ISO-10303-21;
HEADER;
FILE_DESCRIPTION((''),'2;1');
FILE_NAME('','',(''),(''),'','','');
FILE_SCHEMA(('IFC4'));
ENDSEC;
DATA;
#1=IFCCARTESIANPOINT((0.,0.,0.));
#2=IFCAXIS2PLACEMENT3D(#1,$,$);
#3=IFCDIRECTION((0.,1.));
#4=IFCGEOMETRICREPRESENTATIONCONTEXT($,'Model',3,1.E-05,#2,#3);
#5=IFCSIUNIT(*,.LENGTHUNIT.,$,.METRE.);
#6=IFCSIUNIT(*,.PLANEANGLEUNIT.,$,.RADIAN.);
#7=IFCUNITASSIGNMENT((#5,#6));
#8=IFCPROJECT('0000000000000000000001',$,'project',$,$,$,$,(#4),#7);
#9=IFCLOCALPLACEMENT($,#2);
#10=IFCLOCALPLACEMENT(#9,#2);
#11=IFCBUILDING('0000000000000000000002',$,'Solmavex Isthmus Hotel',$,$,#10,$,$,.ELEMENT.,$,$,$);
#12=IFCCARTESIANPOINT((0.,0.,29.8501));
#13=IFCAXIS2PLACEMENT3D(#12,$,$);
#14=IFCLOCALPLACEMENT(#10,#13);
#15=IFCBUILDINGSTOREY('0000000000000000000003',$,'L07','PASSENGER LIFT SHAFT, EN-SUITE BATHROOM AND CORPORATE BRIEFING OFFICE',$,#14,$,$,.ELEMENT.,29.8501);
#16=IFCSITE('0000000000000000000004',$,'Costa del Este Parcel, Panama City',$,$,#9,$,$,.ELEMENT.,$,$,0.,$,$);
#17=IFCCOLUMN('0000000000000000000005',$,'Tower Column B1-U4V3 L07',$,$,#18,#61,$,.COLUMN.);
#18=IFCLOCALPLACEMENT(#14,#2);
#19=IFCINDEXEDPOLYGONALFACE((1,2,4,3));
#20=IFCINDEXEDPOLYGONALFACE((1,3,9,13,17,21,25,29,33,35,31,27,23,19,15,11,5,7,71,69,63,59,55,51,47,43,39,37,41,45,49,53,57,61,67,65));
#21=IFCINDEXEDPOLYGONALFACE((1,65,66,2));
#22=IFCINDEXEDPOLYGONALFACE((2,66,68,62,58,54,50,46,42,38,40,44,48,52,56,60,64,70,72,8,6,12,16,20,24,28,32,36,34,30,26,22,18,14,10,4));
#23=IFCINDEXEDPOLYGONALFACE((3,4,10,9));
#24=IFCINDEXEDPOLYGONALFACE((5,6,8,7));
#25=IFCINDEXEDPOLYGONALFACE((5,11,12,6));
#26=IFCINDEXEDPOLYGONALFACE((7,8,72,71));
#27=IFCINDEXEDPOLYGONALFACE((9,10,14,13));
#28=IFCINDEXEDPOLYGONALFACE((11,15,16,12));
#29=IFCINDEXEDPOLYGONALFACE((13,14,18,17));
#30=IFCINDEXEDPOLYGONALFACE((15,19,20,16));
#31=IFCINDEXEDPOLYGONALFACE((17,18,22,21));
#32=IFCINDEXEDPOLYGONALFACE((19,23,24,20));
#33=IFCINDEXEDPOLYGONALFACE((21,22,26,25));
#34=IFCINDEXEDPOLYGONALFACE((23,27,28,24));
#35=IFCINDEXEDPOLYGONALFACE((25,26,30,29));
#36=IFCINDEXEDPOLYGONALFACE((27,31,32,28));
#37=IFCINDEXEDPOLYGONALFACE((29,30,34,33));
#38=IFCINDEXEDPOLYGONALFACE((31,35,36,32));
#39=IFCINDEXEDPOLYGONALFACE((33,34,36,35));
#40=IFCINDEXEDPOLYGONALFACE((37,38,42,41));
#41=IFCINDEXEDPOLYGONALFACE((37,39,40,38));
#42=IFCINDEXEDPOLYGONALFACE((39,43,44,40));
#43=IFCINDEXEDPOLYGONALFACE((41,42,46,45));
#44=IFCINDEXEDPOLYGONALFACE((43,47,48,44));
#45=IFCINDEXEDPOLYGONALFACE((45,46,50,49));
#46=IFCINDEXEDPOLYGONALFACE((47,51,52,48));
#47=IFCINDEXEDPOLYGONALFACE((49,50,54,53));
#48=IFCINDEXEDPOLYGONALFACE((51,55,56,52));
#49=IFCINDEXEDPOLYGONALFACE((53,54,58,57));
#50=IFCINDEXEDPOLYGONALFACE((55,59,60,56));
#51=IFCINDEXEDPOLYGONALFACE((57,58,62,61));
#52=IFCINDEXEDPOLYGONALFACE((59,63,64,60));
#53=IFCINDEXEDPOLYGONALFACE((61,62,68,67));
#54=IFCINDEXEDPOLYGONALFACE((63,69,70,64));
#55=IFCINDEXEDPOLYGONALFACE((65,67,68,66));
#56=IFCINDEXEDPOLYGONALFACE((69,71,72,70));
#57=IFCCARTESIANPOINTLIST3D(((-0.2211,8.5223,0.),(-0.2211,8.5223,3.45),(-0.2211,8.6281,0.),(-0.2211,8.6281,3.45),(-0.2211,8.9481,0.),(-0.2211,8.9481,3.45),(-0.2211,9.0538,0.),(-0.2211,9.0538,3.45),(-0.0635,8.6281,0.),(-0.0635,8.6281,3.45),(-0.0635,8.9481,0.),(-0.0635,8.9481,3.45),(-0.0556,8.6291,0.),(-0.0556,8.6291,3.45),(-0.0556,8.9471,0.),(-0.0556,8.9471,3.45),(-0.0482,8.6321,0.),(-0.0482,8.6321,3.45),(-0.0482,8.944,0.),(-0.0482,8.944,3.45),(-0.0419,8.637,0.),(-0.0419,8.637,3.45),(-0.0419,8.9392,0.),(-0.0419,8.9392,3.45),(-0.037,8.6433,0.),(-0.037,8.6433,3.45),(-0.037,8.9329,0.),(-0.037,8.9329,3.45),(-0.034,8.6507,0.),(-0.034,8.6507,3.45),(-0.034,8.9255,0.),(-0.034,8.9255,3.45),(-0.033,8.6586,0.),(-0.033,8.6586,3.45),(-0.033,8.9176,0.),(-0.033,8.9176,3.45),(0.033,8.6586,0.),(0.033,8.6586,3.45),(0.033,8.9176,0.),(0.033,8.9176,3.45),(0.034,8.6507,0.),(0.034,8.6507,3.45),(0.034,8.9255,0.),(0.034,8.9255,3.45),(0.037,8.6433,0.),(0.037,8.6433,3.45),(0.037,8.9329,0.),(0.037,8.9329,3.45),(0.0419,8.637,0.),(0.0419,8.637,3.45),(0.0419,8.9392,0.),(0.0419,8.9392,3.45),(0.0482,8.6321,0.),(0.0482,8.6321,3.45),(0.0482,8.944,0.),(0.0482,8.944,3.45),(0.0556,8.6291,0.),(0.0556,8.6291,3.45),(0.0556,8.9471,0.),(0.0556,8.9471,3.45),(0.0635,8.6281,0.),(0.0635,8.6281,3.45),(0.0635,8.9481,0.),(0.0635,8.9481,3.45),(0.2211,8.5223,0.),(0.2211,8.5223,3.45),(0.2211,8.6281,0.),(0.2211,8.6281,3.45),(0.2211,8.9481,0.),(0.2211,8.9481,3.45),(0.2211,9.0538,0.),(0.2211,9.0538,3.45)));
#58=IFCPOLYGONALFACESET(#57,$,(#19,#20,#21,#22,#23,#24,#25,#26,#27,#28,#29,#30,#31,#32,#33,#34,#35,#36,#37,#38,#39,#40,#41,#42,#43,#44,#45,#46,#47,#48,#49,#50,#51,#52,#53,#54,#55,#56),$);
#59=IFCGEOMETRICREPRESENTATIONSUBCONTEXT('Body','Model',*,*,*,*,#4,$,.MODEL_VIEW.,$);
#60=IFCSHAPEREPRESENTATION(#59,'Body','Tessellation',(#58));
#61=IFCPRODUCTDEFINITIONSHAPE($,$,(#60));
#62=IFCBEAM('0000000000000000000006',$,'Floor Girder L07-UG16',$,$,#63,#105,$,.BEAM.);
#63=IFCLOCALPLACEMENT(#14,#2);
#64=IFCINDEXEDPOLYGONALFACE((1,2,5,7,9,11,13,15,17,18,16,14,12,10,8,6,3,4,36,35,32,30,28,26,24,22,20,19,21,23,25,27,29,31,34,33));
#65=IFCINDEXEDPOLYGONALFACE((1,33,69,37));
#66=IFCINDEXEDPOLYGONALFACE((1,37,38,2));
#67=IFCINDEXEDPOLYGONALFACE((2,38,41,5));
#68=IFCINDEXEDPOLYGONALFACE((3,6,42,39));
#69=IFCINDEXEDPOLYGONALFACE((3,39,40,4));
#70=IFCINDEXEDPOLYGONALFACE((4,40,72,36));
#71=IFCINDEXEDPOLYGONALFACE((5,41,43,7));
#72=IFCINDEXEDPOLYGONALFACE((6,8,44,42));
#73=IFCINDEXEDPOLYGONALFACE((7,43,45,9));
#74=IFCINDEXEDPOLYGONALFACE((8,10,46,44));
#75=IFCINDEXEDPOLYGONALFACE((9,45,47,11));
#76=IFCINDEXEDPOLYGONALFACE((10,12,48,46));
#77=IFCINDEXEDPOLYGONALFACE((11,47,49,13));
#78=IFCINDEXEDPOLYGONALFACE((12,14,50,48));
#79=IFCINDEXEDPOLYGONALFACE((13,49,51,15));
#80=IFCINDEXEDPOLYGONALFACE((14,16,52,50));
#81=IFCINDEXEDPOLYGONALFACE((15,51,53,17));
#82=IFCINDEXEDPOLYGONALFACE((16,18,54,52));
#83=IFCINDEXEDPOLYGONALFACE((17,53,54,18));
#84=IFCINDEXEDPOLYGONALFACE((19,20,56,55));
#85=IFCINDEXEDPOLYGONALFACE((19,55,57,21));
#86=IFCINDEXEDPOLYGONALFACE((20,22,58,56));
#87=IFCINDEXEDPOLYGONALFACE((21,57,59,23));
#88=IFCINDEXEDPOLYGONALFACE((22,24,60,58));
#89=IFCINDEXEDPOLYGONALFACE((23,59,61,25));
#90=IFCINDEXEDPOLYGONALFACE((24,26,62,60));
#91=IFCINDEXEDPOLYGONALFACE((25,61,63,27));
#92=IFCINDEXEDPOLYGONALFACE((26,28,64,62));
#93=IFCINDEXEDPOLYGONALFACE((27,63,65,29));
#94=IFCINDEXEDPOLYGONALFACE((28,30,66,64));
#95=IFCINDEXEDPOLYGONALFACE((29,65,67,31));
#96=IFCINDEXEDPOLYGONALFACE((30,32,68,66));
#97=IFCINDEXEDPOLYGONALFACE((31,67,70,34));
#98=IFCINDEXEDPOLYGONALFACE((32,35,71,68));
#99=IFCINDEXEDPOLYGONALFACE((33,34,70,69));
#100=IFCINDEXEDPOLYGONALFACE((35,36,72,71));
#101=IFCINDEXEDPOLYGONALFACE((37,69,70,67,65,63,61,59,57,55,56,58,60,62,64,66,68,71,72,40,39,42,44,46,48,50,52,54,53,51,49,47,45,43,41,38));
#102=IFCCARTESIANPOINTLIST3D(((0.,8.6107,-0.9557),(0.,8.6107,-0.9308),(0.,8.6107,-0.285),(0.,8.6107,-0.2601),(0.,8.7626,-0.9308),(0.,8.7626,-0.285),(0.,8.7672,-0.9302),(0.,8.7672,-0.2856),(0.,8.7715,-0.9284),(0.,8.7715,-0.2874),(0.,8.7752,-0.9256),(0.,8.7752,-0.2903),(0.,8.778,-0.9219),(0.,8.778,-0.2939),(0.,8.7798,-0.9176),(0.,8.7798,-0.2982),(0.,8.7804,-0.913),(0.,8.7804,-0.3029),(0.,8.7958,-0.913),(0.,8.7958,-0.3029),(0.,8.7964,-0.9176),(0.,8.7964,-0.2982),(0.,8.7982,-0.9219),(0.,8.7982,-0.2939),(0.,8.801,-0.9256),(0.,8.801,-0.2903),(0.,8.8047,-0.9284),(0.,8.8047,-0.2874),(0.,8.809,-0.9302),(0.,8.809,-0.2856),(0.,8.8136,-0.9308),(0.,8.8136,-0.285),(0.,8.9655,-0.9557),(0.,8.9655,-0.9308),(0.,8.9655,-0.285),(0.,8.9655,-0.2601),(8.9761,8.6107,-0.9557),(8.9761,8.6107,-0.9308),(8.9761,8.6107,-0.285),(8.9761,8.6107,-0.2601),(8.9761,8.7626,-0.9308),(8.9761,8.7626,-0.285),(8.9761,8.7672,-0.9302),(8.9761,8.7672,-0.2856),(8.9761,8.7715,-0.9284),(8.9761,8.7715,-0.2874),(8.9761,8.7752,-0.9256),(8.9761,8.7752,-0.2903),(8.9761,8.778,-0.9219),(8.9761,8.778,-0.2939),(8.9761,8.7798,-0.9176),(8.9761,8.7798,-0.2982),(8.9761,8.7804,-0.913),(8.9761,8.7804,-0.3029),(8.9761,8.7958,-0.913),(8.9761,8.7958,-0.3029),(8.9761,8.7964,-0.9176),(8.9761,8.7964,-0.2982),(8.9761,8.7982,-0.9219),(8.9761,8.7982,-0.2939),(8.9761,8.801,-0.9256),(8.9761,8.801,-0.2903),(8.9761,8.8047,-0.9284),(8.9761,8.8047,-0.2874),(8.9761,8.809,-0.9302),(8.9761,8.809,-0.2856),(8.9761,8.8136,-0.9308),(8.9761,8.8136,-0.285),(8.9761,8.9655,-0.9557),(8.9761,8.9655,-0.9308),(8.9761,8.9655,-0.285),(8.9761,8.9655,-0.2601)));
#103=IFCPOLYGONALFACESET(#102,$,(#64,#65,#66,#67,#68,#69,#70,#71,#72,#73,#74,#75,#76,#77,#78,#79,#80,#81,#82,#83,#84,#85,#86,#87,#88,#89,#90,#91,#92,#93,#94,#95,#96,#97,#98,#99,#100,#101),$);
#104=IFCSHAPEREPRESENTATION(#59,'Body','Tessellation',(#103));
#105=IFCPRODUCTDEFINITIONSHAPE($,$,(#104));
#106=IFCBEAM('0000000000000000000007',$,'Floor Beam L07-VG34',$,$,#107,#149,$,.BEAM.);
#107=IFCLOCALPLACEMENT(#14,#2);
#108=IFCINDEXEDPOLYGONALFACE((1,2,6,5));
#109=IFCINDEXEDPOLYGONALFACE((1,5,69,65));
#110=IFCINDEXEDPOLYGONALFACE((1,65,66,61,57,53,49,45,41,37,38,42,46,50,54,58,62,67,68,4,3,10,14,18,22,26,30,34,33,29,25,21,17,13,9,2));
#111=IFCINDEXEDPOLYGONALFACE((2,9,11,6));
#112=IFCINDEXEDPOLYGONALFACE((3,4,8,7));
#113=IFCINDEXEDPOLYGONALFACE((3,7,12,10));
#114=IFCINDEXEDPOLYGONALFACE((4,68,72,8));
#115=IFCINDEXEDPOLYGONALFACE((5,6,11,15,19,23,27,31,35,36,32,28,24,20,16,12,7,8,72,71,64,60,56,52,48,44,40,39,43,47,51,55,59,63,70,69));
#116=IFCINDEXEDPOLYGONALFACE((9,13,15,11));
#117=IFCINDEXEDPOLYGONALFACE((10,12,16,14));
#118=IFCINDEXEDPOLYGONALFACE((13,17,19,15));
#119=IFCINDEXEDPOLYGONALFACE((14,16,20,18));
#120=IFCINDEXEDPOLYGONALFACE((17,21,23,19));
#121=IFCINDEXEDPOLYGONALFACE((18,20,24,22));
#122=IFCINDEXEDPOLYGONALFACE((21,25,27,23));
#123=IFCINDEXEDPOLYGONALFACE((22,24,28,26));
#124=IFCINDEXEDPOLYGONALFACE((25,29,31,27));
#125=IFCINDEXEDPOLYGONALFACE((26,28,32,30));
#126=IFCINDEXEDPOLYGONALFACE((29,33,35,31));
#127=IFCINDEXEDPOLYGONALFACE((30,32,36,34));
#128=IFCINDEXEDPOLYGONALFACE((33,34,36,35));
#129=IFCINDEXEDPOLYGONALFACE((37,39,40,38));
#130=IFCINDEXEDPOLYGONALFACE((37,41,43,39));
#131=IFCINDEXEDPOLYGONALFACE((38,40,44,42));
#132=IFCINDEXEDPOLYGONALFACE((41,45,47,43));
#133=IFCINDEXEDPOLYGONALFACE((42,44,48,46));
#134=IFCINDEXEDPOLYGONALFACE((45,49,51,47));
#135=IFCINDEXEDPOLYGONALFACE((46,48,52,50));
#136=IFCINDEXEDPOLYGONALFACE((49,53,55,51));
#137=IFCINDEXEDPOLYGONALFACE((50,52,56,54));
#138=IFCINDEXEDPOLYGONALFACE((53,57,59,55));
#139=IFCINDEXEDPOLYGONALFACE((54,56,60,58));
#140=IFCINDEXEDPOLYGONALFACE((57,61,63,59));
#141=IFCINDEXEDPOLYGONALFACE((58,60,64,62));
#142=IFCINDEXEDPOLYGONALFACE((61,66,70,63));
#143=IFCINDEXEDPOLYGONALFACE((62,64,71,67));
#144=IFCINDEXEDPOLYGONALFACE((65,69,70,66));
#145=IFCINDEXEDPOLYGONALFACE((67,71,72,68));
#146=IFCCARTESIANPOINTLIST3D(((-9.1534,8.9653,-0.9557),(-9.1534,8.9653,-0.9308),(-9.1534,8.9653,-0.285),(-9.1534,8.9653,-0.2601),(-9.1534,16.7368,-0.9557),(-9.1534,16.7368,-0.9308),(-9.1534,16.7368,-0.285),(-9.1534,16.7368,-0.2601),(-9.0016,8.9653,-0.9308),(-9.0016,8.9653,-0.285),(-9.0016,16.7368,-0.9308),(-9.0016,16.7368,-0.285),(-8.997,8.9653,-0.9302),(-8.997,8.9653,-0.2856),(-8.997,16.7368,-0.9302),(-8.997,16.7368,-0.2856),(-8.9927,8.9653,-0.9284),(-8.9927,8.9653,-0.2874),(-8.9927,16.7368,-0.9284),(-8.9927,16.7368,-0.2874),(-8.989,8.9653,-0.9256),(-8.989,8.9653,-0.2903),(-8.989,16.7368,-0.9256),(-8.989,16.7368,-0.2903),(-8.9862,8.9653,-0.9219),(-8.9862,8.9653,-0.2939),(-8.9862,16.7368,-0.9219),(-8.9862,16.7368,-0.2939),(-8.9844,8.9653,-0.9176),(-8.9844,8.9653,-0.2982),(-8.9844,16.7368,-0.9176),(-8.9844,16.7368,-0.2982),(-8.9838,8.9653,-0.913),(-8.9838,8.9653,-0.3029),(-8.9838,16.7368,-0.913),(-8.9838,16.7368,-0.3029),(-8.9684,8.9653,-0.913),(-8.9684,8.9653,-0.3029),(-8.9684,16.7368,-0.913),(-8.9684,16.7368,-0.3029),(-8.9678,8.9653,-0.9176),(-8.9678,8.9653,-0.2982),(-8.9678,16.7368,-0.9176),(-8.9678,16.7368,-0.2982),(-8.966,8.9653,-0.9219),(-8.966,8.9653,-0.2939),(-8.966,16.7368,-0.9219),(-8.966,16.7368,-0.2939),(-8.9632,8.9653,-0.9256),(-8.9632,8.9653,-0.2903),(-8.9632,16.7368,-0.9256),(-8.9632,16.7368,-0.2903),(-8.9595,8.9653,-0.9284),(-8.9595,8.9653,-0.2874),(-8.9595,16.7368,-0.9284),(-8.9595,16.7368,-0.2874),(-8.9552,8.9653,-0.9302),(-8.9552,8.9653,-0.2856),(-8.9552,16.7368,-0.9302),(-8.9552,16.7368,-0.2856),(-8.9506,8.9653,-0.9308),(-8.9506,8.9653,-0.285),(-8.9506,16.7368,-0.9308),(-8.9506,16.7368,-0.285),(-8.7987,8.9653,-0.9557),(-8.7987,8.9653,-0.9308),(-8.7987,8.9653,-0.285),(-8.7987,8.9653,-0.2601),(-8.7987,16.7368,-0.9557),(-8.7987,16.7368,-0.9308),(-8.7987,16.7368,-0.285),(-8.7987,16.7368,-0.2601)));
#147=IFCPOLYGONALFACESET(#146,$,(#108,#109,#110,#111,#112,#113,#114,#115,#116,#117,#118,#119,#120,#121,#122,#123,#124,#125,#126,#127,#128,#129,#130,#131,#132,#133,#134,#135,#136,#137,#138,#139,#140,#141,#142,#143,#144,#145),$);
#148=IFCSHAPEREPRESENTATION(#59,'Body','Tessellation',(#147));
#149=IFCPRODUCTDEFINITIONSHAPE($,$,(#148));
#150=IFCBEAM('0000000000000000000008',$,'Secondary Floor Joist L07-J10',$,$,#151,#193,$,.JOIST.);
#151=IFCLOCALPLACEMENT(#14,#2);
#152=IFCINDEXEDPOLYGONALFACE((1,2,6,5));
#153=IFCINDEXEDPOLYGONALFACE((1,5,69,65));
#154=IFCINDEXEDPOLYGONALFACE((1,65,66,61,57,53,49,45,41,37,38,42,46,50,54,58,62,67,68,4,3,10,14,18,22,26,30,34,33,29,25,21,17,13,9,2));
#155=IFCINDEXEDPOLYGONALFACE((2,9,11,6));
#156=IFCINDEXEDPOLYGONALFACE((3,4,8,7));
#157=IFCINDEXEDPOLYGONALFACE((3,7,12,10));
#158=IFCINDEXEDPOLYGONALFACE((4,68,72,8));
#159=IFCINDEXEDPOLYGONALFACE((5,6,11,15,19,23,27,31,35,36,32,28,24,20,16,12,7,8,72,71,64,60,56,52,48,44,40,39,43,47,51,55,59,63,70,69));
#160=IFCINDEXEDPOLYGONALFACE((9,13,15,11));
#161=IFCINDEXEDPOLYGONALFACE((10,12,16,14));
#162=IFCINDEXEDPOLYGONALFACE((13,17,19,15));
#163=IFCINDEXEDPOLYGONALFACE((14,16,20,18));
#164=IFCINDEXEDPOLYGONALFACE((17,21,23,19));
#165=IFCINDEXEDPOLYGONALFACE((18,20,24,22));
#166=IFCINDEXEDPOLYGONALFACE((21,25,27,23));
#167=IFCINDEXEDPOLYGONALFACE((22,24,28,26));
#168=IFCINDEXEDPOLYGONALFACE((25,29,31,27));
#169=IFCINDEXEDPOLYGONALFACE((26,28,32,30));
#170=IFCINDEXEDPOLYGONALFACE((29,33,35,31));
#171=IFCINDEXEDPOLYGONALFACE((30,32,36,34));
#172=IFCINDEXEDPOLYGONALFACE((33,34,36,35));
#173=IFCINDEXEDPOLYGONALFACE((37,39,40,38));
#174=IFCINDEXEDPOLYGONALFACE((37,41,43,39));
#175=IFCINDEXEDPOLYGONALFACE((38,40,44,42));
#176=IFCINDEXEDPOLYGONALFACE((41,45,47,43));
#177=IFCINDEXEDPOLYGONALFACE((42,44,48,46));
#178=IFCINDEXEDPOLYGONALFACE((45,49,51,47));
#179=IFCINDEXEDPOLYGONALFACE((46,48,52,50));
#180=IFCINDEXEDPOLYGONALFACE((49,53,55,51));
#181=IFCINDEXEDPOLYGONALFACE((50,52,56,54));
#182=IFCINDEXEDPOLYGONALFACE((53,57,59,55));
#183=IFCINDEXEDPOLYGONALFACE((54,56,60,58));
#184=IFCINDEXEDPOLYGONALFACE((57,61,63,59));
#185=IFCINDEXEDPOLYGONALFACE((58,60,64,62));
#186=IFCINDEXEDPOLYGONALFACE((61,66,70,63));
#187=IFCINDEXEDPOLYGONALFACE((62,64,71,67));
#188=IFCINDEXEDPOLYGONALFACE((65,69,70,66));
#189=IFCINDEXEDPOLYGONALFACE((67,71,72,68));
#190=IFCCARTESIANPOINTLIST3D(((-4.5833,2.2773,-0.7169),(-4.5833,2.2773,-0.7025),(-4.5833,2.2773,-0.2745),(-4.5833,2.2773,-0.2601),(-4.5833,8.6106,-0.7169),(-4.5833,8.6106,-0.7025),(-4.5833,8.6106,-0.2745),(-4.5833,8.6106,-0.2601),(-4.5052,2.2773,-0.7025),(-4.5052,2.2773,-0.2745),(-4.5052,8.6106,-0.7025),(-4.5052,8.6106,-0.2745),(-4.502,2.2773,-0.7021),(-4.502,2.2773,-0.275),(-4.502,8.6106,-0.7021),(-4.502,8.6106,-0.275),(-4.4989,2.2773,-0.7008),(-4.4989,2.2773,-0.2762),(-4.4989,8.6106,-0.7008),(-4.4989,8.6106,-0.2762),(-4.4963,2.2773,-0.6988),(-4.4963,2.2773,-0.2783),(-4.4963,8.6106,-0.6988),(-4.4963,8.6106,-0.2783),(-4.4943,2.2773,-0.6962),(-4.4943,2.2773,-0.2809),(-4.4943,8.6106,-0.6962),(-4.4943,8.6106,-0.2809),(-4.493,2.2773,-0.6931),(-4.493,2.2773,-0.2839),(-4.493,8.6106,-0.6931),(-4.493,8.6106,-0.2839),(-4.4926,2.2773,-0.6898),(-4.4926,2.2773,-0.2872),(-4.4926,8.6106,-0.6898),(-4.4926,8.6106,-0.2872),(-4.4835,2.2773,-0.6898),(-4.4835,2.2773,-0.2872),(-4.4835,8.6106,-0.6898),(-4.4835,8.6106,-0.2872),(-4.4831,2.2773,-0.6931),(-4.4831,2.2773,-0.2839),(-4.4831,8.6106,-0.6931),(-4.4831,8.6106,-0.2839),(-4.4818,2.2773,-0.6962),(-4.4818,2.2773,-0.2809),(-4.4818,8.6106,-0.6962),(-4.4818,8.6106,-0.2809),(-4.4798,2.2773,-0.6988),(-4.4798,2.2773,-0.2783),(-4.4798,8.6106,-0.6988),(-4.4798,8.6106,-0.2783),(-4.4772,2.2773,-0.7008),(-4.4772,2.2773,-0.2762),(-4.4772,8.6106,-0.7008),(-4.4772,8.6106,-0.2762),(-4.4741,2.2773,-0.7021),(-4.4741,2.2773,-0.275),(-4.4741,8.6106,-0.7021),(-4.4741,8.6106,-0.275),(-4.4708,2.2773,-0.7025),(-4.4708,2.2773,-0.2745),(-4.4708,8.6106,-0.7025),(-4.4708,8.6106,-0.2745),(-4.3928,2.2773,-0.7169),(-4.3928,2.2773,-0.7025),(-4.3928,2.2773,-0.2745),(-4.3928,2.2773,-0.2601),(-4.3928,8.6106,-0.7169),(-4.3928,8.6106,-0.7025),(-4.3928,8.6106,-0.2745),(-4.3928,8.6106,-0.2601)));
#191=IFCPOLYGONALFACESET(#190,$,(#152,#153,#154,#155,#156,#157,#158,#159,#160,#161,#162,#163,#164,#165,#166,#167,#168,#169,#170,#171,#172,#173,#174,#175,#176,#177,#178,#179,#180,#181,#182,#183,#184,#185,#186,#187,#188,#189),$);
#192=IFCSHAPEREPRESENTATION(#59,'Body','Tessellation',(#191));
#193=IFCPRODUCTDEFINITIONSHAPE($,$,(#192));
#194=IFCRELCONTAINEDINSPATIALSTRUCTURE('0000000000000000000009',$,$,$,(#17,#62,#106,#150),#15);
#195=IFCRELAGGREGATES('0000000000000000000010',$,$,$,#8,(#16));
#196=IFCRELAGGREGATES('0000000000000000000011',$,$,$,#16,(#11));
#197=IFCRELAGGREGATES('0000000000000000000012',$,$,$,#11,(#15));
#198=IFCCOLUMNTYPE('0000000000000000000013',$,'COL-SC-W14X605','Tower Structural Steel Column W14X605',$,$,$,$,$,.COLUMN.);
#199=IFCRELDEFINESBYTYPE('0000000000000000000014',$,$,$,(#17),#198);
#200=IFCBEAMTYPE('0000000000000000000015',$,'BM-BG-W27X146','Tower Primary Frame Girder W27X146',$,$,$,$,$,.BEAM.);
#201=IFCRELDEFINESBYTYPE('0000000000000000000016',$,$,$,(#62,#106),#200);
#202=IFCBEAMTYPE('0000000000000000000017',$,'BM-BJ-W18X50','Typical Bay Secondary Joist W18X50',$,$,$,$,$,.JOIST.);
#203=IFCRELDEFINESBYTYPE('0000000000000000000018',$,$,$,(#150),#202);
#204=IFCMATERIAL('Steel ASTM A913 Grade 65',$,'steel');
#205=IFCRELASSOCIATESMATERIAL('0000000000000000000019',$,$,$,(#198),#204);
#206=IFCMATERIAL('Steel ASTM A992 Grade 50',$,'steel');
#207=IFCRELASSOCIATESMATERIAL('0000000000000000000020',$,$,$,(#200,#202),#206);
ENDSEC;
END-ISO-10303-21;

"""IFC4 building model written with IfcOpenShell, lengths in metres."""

from ifc_helpers import new_model, si_unit, direction, frame, origin, origin_2d, place, context, subcontext, project, spatial, i_section, extrude, material, material_profile, profile_set, type_object, element, save


model = new_model("IFC4")

# Units and contexts
model_context = context("Model", 3, precision=1e-05, world=origin(), true_north=direction((0.0, 1.0)))
body_context = subcontext(model_context, "Body", "Model", "MODEL_VIEW")
ifc_project = project(units=[si_unit("LENGTHUNIT", "METRE"), si_unit("PLANEANGLEUNIT", "RADIAN")], contexts=[model_context])

# Site, building, storey
site_placement = place(None, origin())
site = spatial("IfcSite", under=ifc_project, at=site_placement, Name="Costa del Este Parcel, Panama City", CompositionType="ELEMENT", RefElevation=0.0)
building_placement = place(site_placement, origin())
building = spatial("IfcBuilding", under=site, at=building_placement, Name="Solmavex Isthmus Hotel", CompositionType="ELEMENT")
storey_placement = place(building_placement, frame((0.0, 0.0, 29.8501)))
storey = spatial("IfcBuildingStorey", under=building, at=storey_placement, Name="L07", Description="PASSENGER LIFT SHAFT, EN-SUITE BATHROOM AND CORPORATE BRIEFING OFFICE", CompositionType="ELEMENT", Elevation=29.8501)

# Column
ifc_material_1 = material(Name="Steel ASTM A913 Grade 65", Category="steel")
ifc_material_profile_1 = material_profile(ifc_material_1, i_section(OverallWidth=0.4421, OverallDepth=0.5315, WebThickness=0.0659, FlangeThickness=0.1057, FilletRadius=0.0305, at=origin_2d()), Name="W14X605")
ifc_profile_set_1 = profile_set([ifc_material_profile_1], Name="Steel ASTM A913 Grade 65")
column_type = type_object("IfcColumnType", Name="COL-SC-W14X605", Description="Tower Structural Steel Column W14X605", PredefinedType="COLUMN", material=ifc_profile_set_1)
column_placement = place(storey_placement, frame((0.0, 8.7881, 0.0), z_axis=(0.0, 0.0, 1.0), x_axis=(1.0, 0.0, 0.0)))
element("IfcColumn", 1, at=column_placement, inside=storey, type_object=column_type, Name="Tower Column B1-U4V3 L07", PredefinedType="COLUMN", context=body_context, shape_type="SweptSolid", body=[
    extrude(i_section(OverallWidth=0.4421, OverallDepth=0.5315, WebThickness=0.0659, FlangeThickness=0.1057, FilletRadius=0.0305, at=origin_2d()), origin(), (0.0, 0.0, 1.0), 3.45),
])

# Beams
ifc_material_2 = material(Name="Steel ASTM A992 Grade 50", Category="steel")
ifc_material_profile_2 = material_profile(ifc_material_2, i_section(OverallWidth=0.3547, OverallDepth=0.6956, WebThickness=0.0154, FlangeThickness=0.0249, FilletRadius=0.0178, at=origin_2d()), Name="W27X146")
ifc_profile_set_2 = profile_set([ifc_material_profile_2], Name="Steel ASTM A992 Grade 50")
beam_type_1 = type_object("IfcBeamType", Name="BM-BG-W27X146", Description="Tower Primary Frame Girder W27X146", PredefinedType="BEAM", material=ifc_profile_set_2)
beam_1_placement = place(storey_placement, frame((0.0, 8.7881, -0.6079), z_axis=(1.0, 0.0, 0.0), x_axis=(0.0, 1.0, 0.0)))
element("IfcBeam", 2, at=beam_1_placement, inside=storey, type_object=beam_type_1, Name="Floor Girder L07-UG16", PredefinedType="BEAM", context=body_context, shape_type="SweptSolid", body=[
    extrude(i_section(OverallWidth=0.3547, OverallDepth=0.6956, WebThickness=0.0154, FlangeThickness=0.0249, FilletRadius=0.0178, at=origin_2d()), origin(), (0.0, 0.0, 1.0), 8.9761),
])
beam_2_placement = place(storey_placement, frame((-8.9761, 8.9653, -0.6079), z_axis=(0.0, 1.0, 0.0), x_axis=(-1.0, 0.0, 0.0)))
element("IfcBeam", 3, at=beam_2_placement, inside=storey, type_object=beam_type_1, Name="Floor Beam L07-VG34", PredefinedType="BEAM", context=body_context, shape_type="SweptSolid", body=[
    extrude(i_section(OverallWidth=0.3547, OverallDepth=0.6956, WebThickness=0.0154, FlangeThickness=0.0249, FilletRadius=0.0178, at=origin_2d()), origin(), (0.0, 0.0, 1.0), 7.7715),
])
ifc_material_profile_3 = material_profile(ifc_material_2, i_section(OverallWidth=0.1904, OverallDepth=0.4568, WebThickness=0.009, FlangeThickness=0.0144, FilletRadius=0.0127, at=origin_2d()), Name="W18X50")
ifc_profile_set_3 = profile_set([ifc_material_profile_3], Name="Steel ASTM A992 Grade 50")
beam_type_2 = type_object("IfcBeamType", Name="BM-BJ-W18X50", Description="Typical Bay Secondary Joist W18X50", PredefinedType="JOIST", material=ifc_profile_set_3)
beam_3_placement = place(storey_placement, frame((-4.488, 2.2773, -0.4885), z_axis=(0.0, 1.0, 0.0), x_axis=(-1.0, 0.0, 0.0)))
element("IfcBeam", 4, at=beam_3_placement, inside=storey, type_object=beam_type_2, Name="Secondary Floor Joist L07-J10", PredefinedType="JOIST", context=body_context, shape_type="SweptSolid", body=[
    extrude(i_section(OverallWidth=0.1904, OverallDepth=0.4568, WebThickness=0.009, FlangeThickness=0.0144, FilletRadius=0.0127, at=origin_2d()), origin(), (0.0, 0.0, 1.0), 6.3333),
])

save(model, "model.ifc")
